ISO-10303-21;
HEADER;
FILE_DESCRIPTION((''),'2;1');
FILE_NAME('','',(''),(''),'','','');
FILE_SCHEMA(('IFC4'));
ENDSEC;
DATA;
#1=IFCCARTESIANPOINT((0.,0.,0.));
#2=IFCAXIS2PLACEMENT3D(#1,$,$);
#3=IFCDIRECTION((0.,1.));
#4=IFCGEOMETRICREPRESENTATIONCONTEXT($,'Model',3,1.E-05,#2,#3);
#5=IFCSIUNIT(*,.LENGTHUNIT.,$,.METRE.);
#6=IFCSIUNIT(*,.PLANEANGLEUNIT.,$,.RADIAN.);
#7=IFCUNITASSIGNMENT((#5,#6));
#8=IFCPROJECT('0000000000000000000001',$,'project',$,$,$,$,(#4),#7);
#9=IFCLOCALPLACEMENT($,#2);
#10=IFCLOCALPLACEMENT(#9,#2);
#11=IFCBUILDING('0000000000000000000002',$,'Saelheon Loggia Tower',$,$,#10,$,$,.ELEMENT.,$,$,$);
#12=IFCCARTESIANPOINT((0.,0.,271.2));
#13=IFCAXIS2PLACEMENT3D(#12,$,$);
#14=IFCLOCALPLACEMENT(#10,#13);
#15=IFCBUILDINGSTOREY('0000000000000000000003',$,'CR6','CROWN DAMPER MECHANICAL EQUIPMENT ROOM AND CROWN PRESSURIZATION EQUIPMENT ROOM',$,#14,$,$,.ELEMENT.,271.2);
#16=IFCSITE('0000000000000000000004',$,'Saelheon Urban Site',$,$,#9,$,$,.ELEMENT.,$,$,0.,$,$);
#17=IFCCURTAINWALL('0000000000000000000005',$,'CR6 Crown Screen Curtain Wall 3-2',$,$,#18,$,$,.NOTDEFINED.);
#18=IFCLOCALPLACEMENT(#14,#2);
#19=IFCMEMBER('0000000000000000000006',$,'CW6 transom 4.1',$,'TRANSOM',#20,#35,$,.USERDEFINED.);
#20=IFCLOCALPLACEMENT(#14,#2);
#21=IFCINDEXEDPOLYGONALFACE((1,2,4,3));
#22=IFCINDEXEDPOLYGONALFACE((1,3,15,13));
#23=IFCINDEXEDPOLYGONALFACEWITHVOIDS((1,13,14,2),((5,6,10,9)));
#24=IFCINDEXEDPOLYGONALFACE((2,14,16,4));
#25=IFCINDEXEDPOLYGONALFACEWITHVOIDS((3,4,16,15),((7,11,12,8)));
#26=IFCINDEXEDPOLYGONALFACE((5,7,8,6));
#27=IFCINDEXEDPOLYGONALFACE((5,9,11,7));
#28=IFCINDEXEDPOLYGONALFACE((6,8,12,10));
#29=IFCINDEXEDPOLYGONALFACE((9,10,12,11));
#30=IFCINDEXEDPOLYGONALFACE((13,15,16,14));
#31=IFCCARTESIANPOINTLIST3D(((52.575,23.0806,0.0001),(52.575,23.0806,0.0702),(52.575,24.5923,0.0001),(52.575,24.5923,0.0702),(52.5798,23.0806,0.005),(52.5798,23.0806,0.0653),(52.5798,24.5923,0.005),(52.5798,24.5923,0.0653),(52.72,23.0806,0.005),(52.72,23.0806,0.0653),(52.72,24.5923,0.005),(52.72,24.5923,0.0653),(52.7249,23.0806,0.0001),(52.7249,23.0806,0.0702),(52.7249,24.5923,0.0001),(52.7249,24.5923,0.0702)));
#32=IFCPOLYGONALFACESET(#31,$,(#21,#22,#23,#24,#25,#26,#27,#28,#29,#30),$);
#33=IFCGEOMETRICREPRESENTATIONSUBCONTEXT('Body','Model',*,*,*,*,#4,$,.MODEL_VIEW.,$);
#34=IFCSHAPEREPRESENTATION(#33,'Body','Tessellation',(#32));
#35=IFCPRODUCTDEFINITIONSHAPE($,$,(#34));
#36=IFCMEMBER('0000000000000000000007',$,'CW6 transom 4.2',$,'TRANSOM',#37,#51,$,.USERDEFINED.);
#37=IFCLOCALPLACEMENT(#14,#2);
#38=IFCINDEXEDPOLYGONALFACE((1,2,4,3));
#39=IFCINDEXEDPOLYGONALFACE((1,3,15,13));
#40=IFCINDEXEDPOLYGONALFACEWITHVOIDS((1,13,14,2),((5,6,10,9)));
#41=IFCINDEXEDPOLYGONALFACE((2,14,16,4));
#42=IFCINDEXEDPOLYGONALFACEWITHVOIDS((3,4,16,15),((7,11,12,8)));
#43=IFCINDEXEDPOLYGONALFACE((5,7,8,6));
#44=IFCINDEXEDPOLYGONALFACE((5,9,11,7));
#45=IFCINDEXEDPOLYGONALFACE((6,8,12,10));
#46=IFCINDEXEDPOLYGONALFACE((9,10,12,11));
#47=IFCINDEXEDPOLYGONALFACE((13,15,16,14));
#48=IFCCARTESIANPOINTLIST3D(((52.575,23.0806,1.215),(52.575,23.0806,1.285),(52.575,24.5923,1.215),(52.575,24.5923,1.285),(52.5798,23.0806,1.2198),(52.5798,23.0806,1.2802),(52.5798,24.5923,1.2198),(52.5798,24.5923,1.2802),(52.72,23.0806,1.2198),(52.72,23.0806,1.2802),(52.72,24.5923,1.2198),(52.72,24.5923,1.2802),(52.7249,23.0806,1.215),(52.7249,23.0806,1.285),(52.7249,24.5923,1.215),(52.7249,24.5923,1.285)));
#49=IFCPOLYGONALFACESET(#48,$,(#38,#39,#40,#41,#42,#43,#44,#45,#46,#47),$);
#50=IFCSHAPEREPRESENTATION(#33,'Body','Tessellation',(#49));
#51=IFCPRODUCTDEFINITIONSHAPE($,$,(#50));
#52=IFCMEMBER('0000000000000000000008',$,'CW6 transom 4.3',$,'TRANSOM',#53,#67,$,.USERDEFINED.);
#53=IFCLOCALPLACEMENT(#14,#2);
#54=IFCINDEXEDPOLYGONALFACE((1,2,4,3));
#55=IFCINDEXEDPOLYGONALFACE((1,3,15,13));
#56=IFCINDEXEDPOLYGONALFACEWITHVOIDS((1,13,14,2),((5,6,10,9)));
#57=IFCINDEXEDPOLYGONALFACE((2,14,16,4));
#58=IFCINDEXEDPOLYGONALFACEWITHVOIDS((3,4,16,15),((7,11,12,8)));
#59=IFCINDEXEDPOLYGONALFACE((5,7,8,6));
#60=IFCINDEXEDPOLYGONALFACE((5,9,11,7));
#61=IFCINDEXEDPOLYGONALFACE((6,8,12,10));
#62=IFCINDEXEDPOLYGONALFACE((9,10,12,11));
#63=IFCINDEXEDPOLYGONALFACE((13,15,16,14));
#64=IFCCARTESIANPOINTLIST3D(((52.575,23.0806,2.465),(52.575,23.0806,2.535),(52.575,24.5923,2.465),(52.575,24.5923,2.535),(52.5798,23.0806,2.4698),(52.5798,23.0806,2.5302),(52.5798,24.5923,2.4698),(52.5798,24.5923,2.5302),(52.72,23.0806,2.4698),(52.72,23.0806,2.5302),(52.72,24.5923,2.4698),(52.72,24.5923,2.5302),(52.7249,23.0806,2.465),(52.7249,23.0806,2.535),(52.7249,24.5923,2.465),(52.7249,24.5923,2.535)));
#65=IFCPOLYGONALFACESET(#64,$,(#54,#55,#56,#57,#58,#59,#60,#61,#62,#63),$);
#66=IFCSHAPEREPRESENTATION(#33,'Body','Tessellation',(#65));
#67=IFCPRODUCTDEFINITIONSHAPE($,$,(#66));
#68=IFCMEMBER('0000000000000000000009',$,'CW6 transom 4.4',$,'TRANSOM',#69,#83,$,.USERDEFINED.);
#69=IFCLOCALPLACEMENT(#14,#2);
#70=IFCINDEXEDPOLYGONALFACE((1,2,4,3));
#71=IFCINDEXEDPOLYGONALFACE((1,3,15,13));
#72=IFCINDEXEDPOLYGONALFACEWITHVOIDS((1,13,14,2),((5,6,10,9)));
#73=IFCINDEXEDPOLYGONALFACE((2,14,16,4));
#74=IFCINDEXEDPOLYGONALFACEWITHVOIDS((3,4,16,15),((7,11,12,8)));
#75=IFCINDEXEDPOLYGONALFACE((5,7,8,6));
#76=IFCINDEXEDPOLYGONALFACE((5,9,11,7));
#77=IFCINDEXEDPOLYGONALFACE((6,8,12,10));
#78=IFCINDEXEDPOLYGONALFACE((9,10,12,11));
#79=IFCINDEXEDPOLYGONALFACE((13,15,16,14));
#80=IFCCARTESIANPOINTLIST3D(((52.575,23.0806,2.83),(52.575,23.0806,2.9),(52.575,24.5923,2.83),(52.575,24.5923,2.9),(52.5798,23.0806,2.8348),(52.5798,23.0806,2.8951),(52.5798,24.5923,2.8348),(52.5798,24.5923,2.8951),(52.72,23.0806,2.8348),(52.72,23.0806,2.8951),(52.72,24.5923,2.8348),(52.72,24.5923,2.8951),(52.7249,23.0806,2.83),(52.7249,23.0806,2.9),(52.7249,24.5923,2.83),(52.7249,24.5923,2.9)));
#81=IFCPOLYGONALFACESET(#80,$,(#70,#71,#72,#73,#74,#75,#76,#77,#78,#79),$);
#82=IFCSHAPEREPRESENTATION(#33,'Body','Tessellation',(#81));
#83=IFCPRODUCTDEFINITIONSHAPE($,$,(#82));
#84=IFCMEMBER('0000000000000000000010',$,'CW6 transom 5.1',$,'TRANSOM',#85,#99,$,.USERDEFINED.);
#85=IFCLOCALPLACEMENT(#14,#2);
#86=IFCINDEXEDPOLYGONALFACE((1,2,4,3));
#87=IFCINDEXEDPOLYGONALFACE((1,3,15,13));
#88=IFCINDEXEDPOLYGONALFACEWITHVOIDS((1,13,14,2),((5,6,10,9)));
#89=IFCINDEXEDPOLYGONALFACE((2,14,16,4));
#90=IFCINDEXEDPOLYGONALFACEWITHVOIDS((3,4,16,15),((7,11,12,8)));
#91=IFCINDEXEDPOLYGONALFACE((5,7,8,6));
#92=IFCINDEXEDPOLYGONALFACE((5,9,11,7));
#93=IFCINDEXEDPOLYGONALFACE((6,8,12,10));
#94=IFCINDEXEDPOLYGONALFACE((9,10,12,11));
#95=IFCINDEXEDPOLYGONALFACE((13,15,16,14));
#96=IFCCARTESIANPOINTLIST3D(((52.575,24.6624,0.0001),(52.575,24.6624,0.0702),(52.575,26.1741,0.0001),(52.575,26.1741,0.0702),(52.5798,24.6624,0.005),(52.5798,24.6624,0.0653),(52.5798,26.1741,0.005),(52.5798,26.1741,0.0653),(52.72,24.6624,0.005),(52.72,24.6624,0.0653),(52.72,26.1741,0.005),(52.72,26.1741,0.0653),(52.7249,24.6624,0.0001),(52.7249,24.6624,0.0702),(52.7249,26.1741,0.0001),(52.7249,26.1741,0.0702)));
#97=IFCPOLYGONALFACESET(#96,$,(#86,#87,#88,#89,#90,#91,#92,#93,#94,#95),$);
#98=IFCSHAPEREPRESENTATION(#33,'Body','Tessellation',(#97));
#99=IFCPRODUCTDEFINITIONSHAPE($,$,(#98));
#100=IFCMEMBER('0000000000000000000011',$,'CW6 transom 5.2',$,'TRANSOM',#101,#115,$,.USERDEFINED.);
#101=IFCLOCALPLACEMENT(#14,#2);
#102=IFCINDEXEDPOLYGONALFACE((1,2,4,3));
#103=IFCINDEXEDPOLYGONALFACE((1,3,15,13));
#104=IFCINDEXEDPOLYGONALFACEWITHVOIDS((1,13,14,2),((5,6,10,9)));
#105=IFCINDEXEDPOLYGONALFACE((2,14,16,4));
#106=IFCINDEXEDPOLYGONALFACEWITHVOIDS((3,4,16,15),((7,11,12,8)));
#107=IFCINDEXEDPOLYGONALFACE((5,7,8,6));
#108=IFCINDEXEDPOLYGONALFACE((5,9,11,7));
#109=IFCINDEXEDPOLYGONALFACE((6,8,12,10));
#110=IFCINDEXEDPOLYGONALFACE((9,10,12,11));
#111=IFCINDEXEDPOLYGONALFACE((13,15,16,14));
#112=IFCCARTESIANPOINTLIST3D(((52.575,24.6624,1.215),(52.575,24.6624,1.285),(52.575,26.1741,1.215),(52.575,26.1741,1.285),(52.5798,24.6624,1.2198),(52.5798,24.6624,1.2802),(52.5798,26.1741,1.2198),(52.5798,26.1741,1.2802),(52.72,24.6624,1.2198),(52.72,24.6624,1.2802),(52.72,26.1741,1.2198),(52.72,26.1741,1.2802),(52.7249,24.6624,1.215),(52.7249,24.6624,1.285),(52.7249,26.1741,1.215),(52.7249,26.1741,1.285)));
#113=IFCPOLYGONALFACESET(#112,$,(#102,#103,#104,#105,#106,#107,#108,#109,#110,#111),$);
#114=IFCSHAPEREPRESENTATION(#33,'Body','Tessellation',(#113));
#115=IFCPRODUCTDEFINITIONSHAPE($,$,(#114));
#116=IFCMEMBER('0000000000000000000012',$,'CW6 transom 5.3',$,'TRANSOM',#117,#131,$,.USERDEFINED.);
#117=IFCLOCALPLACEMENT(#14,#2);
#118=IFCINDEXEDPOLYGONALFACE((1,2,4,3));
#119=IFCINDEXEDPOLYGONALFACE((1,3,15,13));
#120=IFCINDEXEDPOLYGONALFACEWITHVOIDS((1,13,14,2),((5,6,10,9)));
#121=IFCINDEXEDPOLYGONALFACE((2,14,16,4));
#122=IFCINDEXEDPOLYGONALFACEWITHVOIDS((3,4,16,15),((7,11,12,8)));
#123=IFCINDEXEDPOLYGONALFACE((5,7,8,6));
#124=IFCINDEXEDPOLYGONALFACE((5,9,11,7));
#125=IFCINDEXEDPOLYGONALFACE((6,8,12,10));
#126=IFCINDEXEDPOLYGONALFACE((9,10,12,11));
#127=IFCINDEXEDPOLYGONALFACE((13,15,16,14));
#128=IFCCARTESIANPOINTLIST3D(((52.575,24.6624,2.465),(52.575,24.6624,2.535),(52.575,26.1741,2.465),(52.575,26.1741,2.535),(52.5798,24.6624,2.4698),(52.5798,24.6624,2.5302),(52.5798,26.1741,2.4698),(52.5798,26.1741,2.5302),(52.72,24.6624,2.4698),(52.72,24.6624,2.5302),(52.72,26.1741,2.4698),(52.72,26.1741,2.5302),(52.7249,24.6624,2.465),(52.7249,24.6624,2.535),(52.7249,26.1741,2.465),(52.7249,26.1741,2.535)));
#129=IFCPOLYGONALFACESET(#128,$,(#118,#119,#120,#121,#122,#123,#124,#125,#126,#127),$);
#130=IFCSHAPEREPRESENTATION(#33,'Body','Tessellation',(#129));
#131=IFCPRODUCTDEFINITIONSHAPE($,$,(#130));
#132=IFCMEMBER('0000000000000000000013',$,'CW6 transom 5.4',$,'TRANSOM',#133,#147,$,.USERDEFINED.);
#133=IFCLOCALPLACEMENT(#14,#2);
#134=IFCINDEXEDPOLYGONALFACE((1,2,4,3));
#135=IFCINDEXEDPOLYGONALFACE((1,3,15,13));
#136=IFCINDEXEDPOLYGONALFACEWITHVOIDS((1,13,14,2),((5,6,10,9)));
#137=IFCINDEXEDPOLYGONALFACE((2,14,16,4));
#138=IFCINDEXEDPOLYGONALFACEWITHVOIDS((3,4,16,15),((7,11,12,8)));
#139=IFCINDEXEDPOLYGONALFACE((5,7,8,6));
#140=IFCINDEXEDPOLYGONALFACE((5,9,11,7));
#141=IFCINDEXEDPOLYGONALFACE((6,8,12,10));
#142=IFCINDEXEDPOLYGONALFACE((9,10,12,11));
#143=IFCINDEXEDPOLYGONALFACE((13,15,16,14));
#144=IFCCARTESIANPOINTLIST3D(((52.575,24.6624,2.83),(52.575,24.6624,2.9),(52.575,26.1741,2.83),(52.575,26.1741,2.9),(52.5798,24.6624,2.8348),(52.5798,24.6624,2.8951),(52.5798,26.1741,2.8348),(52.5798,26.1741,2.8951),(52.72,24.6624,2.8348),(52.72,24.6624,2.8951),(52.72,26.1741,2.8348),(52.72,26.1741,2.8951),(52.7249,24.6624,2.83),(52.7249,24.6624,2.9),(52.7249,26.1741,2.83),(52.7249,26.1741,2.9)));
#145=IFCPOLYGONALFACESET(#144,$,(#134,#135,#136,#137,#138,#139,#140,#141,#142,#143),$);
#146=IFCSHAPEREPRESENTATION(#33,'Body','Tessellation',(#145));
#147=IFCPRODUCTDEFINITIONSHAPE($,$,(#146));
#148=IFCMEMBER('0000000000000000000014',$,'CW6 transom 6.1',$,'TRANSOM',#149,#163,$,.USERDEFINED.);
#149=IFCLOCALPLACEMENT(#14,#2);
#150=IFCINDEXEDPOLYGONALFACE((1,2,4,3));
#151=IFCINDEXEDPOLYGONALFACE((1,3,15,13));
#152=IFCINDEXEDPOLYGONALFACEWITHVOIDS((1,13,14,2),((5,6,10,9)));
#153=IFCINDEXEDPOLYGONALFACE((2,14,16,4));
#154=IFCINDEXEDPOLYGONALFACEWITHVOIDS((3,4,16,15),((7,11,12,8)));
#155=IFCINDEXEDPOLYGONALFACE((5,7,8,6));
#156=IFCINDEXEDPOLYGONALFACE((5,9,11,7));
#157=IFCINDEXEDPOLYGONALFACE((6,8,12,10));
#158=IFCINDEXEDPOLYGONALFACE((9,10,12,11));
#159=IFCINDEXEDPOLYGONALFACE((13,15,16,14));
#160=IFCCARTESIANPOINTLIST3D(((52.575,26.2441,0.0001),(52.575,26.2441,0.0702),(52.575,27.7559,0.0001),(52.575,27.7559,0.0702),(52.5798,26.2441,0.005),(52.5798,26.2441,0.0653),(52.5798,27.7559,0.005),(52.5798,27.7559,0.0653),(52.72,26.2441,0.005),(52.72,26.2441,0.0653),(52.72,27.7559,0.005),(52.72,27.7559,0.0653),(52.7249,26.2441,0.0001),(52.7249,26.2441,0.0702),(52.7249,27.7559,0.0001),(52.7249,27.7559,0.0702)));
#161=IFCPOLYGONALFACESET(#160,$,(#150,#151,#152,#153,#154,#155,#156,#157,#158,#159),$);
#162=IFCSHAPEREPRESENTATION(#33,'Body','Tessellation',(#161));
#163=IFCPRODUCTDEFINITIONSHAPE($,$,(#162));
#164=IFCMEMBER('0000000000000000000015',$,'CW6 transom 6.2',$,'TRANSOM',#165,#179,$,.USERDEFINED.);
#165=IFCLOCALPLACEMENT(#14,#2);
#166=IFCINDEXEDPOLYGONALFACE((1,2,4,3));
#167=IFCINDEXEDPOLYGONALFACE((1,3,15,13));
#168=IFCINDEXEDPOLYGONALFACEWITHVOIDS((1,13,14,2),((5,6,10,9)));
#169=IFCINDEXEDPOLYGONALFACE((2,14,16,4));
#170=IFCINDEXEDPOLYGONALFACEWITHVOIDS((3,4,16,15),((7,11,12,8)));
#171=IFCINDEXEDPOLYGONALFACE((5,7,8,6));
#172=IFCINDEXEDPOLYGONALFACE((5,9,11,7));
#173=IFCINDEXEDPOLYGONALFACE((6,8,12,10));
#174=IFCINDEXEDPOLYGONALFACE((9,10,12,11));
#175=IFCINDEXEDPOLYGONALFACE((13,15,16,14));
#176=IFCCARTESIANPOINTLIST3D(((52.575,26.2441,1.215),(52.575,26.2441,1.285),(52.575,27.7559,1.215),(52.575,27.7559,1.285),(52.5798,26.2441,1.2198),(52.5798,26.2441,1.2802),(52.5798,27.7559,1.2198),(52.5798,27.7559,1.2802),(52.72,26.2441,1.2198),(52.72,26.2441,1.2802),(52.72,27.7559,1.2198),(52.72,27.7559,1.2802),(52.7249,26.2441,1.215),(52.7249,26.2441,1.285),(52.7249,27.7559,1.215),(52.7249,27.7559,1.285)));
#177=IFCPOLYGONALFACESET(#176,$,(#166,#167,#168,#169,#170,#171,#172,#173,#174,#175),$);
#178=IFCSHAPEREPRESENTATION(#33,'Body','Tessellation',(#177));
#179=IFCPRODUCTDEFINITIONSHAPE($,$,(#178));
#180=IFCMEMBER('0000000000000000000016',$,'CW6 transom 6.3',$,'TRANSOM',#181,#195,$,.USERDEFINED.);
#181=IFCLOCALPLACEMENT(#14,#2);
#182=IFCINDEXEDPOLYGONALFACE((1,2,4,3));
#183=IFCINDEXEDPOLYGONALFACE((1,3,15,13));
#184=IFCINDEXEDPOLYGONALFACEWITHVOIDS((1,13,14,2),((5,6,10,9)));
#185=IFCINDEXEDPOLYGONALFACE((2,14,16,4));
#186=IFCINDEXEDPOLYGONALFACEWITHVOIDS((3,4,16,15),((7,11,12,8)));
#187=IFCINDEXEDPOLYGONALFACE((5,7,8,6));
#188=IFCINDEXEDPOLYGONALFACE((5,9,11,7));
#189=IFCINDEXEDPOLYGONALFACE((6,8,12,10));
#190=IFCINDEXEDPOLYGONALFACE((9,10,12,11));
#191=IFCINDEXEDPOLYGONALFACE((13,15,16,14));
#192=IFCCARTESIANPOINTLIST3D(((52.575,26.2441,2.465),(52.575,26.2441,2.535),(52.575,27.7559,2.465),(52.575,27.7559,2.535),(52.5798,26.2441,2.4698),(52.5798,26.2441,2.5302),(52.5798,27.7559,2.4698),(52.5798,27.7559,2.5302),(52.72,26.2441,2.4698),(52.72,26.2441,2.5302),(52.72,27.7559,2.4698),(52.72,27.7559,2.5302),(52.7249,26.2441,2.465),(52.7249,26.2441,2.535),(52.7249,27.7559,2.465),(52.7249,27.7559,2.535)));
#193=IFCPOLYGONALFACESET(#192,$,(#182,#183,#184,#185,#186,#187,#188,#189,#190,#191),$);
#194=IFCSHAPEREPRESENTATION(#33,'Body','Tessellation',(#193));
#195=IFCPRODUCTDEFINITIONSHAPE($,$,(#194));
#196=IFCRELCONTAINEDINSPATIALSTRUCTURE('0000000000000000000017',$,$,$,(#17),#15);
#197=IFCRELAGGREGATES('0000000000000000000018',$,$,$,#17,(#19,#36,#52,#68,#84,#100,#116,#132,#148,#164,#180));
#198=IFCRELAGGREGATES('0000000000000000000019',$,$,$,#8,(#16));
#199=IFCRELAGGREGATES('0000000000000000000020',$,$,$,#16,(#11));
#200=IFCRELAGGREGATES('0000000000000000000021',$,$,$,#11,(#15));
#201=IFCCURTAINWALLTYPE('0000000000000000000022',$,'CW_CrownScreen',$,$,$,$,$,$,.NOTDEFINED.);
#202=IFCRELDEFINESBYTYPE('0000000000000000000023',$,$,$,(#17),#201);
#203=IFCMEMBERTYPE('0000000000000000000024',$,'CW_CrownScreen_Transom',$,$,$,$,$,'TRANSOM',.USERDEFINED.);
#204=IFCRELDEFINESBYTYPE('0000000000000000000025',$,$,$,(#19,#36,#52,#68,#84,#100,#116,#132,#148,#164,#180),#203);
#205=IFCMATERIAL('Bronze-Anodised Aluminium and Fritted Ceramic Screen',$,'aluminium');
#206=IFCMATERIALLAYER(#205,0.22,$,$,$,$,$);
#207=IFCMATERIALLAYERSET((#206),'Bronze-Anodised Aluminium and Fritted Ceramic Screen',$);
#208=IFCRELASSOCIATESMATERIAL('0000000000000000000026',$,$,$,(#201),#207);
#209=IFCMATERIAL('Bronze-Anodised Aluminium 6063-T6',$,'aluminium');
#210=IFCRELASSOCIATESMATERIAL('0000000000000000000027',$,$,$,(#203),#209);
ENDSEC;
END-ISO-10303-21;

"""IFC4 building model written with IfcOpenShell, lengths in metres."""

from ifc_helpers import new_model, si_unit, direction, frame, origin, origin_2d, place, context, subcontext, project, spatial, hollow_rectangle, extrude, source, transform, mapped, material, layer, layer_set, material_profile, profile_set, type_object, element, aggregate, save


model = new_model("IFC4")

# Units and contexts
model_context = context("Model", 3, precision=1e-05, world=origin(), true_north=direction((0.0, 1.0)))
body_context = subcontext(model_context, "Body", "Model", "MODEL_VIEW")
ifc_project = project(units=[si_unit("LENGTHUNIT", "METRE"), si_unit("PLANEANGLEUNIT", "RADIAN")], contexts=[model_context])

# Site, building, storey
site_placement = place(None, origin())
site = spatial("IfcSite", under=ifc_project, at=site_placement, Name="Saelheon Urban Site", CompositionType="ELEMENT", RefElevation=0.0)
building_placement = place(site_placement, origin())
building = spatial("IfcBuilding", under=site, at=building_placement, Name="Saelheon Loggia Tower", CompositionType="ELEMENT")
storey_placement = place(building_placement, frame((0.0, 0.0, 271.2)))
storey = spatial("IfcBuildingStorey", under=building, at=storey_placement, Name="CR6", Description="CROWN DAMPER MECHANICAL EQUIPMENT ROOM AND CROWN PRESSURIZATION EQUIPMENT ROOM", CompositionType="ELEMENT", Elevation=271.2)

# Curtain wall, members
ifc_material_1 = material(Name="Bronze-Anodised Aluminium and Fritted Ceramic Screen", Category="aluminium")
ifc_layer_1 = layer(ifc_material_1, 0.22)
ifc_layer_set_1 = layer_set([ifc_layer_1], Name="Bronze-Anodised Aluminium and Fritted Ceramic Screen")
curtain_wall_type = type_object("IfcCurtainWallType", Name="CW_CrownScreen", PredefinedType="NOTDEFINED", material=ifc_layer_set_1)
curtain_wall_placement = place(storey_placement, origin())
curtain_wall = element("IfcCurtainWall", 1, at=curtain_wall_placement, inside=storey, type_object=curtain_wall_type, Name="CR6 Crown Screen Curtain Wall 3-2", PredefinedType="NOTDEFINED")
ifc_material_2 = material(Name="Bronze-Anodised Aluminium 6063-T6", Category="aluminium")
ifc_material_profile_1 = material_profile(ifc_material_2, hollow_rectangle(XDim=0.0701, YDim=0.1499, WallThickness=0.0049, at=origin_2d()), Name="RHS-150x70x5")
ifc_profile_set_1 = profile_set([ifc_material_profile_1], Name="Bronze-Anodised Aluminium 6063-T6")
member_type_1 = type_object("IfcMemberType", Name="CW_CrownScreen_Transom", ElementType="TRANSOM", PredefinedType="USERDEFINED", material=ifc_profile_set_1)
shared_shape_1 = source(origin(), body_context, "Body", "SweptSolid", [
    extrude(hollow_rectangle(XDim=0.0701, YDim=0.1499, WallThickness=0.0049, at=origin_2d()), origin(), (0.0, 0.0, 1.0), 1.5117),
])
member_1_placement = place(storey_placement, frame((52.6499, 23.0806, 0.0352), z_axis=(0.0, 1.0, 0.0), x_axis=(0.0, 0.0, 1.0)))
member_1 = element("IfcMember", 2, at=member_1_placement, type_object=member_type_1, Name="CW6 transom 4.1", ObjectType="TRANSOM", PredefinedType="USERDEFINED", context=body_context, shape_type="MappedRepresentation", body=[
    mapped(shared_shape_1, transform((0.0, 0.0, 0.0), scale=1.0)),
])
member_2_placement = place(storey_placement, frame((52.6499, 23.0806, 1.25), z_axis=(0.0, 1.0, 0.0), x_axis=(0.0, 0.0, 1.0)))
member_2 = element("IfcMember", 3, at=member_2_placement, type_object=member_type_1, Name="CW6 transom 4.2", ObjectType="TRANSOM", PredefinedType="USERDEFINED", context=body_context, shape_type="MappedRepresentation", body=[
    mapped(shared_shape_1, transform((0.0, 0.0, 0.0), scale=1.0)),
])
member_3_placement = place(storey_placement, frame((52.6499, 23.0806, 2.5), z_axis=(0.0, 1.0, 0.0), x_axis=(0.0, 0.0, 1.0)))
member_3 = element("IfcMember", 4, at=member_3_placement, type_object=member_type_1, Name="CW6 transom 4.3", ObjectType="TRANSOM", PredefinedType="USERDEFINED", context=body_context, shape_type="MappedRepresentation", body=[
    mapped(shared_shape_1, transform((0.0, 0.0, 0.0), scale=1.0)),
])
member_4_placement = place(storey_placement, frame((52.6499, 23.0806, 2.865), z_axis=(0.0, 1.0, 0.0), x_axis=(0.0, 0.0, 1.0)))
member_4 = element("IfcMember", 5, at=member_4_placement, type_object=member_type_1, Name="CW6 transom 4.4", ObjectType="TRANSOM", PredefinedType="USERDEFINED", context=body_context, shape_type="MappedRepresentation", body=[
    mapped(shared_shape_1, transform((0.0, 0.0, 0.0), scale=1.0)),
])
member_5_placement = place(storey_placement, frame((52.6499, 24.6624, 0.0352), z_axis=(0.0, 1.0, 0.0), x_axis=(0.0, 0.0, 1.0)))
member_5 = element("IfcMember", 6, at=member_5_placement, type_object=member_type_1, Name="CW6 transom 5.1", ObjectType="TRANSOM", PredefinedType="USERDEFINED", context=body_context, shape_type="MappedRepresentation", body=[
    mapped(shared_shape_1, transform((0.0, 0.0, 0.0), scale=1.0)),
])
member_6_placement = place(storey_placement, frame((52.6499, 24.6624, 1.25), z_axis=(0.0, 1.0, 0.0), x_axis=(0.0, 0.0, 1.0)))
member_6 = element("IfcMember", 7, at=member_6_placement, type_object=member_type_1, Name="CW6 transom 5.2", ObjectType="TRANSOM", PredefinedType="USERDEFINED", context=body_context, shape_type="MappedRepresentation", body=[
    mapped(shared_shape_1, transform((0.0, 0.0, 0.0), scale=1.0)),
])
member_7_placement = place(storey_placement, frame((52.6499, 24.6624, 2.5), z_axis=(0.0, 1.0, 0.0), x_axis=(0.0, 0.0, 1.0)))
member_7 = element("IfcMember", 8, at=member_7_placement, type_object=member_type_1, Name="CW6 transom 5.3", ObjectType="TRANSOM", PredefinedType="USERDEFINED", context=body_context, shape_type="MappedRepresentation", body=[
    mapped(shared_shape_1, transform((0.0, 0.0, 0.0), scale=1.0)),
])
member_8_placement = place(storey_placement, frame((52.6499, 24.6624, 2.865), z_axis=(0.0, 1.0, 0.0), x_axis=(0.0, 0.0, 1.0)))
member_8 = element("IfcMember", 9, at=member_8_placement, type_object=member_type_1, Name="CW6 transom 5.4", ObjectType="TRANSOM", PredefinedType="USERDEFINED", context=body_context, shape_type="MappedRepresentation", body=[
    mapped(shared_shape_1, transform((0.0, 0.0, 0.0), scale=1.0)),
])
member_9_placement = place(storey_placement, frame((52.6499, 26.2441, 0.0352), z_axis=(0.0, 1.0, 0.0), x_axis=(0.0, 0.0, 1.0)))
member_9 = element("IfcMember", 10, at=member_9_placement, type_object=member_type_1, Name="CW6 transom 6.1", ObjectType="TRANSOM", PredefinedType="USERDEFINED", context=body_context, shape_type="MappedRepresentation", body=[
    mapped(shared_shape_1, transform((0.0, 0.0, 0.0), scale=1.0)),
])
member_10_placement = place(storey_placement, frame((52.6499, 26.2441, 1.25), z_axis=(0.0, 1.0, 0.0), x_axis=(0.0, 0.0, 1.0)))
member_10 = element("IfcMember", 11, at=member_10_placement, type_object=member_type_1, Name="CW6 transom 6.2", ObjectType="TRANSOM", PredefinedType="USERDEFINED", context=body_context, shape_type="MappedRepresentation", body=[
    mapped(shared_shape_1, transform((0.0, 0.0, 0.0), scale=1.0)),
])
member_11_placement = place(storey_placement, frame((52.6499, 26.2441, 2.5), z_axis=(0.0, 1.0, 0.0), x_axis=(0.0, 0.0, 1.0)))
member_11 = element("IfcMember", 12, at=member_11_placement, type_object=member_type_1, Name="CW6 transom 6.3", ObjectType="TRANSOM", PredefinedType="USERDEFINED", context=body_context, shape_type="MappedRepresentation", body=[
    mapped(shared_shape_1, transform((0.0, 0.0, 0.0), scale=1.0)),
])
aggregate(curtain_wall, [member_1, member_2, member_3, member_4, member_5, member_6, member_7, member_8, member_9, member_10, member_11])

save(model, "model.ifc")
